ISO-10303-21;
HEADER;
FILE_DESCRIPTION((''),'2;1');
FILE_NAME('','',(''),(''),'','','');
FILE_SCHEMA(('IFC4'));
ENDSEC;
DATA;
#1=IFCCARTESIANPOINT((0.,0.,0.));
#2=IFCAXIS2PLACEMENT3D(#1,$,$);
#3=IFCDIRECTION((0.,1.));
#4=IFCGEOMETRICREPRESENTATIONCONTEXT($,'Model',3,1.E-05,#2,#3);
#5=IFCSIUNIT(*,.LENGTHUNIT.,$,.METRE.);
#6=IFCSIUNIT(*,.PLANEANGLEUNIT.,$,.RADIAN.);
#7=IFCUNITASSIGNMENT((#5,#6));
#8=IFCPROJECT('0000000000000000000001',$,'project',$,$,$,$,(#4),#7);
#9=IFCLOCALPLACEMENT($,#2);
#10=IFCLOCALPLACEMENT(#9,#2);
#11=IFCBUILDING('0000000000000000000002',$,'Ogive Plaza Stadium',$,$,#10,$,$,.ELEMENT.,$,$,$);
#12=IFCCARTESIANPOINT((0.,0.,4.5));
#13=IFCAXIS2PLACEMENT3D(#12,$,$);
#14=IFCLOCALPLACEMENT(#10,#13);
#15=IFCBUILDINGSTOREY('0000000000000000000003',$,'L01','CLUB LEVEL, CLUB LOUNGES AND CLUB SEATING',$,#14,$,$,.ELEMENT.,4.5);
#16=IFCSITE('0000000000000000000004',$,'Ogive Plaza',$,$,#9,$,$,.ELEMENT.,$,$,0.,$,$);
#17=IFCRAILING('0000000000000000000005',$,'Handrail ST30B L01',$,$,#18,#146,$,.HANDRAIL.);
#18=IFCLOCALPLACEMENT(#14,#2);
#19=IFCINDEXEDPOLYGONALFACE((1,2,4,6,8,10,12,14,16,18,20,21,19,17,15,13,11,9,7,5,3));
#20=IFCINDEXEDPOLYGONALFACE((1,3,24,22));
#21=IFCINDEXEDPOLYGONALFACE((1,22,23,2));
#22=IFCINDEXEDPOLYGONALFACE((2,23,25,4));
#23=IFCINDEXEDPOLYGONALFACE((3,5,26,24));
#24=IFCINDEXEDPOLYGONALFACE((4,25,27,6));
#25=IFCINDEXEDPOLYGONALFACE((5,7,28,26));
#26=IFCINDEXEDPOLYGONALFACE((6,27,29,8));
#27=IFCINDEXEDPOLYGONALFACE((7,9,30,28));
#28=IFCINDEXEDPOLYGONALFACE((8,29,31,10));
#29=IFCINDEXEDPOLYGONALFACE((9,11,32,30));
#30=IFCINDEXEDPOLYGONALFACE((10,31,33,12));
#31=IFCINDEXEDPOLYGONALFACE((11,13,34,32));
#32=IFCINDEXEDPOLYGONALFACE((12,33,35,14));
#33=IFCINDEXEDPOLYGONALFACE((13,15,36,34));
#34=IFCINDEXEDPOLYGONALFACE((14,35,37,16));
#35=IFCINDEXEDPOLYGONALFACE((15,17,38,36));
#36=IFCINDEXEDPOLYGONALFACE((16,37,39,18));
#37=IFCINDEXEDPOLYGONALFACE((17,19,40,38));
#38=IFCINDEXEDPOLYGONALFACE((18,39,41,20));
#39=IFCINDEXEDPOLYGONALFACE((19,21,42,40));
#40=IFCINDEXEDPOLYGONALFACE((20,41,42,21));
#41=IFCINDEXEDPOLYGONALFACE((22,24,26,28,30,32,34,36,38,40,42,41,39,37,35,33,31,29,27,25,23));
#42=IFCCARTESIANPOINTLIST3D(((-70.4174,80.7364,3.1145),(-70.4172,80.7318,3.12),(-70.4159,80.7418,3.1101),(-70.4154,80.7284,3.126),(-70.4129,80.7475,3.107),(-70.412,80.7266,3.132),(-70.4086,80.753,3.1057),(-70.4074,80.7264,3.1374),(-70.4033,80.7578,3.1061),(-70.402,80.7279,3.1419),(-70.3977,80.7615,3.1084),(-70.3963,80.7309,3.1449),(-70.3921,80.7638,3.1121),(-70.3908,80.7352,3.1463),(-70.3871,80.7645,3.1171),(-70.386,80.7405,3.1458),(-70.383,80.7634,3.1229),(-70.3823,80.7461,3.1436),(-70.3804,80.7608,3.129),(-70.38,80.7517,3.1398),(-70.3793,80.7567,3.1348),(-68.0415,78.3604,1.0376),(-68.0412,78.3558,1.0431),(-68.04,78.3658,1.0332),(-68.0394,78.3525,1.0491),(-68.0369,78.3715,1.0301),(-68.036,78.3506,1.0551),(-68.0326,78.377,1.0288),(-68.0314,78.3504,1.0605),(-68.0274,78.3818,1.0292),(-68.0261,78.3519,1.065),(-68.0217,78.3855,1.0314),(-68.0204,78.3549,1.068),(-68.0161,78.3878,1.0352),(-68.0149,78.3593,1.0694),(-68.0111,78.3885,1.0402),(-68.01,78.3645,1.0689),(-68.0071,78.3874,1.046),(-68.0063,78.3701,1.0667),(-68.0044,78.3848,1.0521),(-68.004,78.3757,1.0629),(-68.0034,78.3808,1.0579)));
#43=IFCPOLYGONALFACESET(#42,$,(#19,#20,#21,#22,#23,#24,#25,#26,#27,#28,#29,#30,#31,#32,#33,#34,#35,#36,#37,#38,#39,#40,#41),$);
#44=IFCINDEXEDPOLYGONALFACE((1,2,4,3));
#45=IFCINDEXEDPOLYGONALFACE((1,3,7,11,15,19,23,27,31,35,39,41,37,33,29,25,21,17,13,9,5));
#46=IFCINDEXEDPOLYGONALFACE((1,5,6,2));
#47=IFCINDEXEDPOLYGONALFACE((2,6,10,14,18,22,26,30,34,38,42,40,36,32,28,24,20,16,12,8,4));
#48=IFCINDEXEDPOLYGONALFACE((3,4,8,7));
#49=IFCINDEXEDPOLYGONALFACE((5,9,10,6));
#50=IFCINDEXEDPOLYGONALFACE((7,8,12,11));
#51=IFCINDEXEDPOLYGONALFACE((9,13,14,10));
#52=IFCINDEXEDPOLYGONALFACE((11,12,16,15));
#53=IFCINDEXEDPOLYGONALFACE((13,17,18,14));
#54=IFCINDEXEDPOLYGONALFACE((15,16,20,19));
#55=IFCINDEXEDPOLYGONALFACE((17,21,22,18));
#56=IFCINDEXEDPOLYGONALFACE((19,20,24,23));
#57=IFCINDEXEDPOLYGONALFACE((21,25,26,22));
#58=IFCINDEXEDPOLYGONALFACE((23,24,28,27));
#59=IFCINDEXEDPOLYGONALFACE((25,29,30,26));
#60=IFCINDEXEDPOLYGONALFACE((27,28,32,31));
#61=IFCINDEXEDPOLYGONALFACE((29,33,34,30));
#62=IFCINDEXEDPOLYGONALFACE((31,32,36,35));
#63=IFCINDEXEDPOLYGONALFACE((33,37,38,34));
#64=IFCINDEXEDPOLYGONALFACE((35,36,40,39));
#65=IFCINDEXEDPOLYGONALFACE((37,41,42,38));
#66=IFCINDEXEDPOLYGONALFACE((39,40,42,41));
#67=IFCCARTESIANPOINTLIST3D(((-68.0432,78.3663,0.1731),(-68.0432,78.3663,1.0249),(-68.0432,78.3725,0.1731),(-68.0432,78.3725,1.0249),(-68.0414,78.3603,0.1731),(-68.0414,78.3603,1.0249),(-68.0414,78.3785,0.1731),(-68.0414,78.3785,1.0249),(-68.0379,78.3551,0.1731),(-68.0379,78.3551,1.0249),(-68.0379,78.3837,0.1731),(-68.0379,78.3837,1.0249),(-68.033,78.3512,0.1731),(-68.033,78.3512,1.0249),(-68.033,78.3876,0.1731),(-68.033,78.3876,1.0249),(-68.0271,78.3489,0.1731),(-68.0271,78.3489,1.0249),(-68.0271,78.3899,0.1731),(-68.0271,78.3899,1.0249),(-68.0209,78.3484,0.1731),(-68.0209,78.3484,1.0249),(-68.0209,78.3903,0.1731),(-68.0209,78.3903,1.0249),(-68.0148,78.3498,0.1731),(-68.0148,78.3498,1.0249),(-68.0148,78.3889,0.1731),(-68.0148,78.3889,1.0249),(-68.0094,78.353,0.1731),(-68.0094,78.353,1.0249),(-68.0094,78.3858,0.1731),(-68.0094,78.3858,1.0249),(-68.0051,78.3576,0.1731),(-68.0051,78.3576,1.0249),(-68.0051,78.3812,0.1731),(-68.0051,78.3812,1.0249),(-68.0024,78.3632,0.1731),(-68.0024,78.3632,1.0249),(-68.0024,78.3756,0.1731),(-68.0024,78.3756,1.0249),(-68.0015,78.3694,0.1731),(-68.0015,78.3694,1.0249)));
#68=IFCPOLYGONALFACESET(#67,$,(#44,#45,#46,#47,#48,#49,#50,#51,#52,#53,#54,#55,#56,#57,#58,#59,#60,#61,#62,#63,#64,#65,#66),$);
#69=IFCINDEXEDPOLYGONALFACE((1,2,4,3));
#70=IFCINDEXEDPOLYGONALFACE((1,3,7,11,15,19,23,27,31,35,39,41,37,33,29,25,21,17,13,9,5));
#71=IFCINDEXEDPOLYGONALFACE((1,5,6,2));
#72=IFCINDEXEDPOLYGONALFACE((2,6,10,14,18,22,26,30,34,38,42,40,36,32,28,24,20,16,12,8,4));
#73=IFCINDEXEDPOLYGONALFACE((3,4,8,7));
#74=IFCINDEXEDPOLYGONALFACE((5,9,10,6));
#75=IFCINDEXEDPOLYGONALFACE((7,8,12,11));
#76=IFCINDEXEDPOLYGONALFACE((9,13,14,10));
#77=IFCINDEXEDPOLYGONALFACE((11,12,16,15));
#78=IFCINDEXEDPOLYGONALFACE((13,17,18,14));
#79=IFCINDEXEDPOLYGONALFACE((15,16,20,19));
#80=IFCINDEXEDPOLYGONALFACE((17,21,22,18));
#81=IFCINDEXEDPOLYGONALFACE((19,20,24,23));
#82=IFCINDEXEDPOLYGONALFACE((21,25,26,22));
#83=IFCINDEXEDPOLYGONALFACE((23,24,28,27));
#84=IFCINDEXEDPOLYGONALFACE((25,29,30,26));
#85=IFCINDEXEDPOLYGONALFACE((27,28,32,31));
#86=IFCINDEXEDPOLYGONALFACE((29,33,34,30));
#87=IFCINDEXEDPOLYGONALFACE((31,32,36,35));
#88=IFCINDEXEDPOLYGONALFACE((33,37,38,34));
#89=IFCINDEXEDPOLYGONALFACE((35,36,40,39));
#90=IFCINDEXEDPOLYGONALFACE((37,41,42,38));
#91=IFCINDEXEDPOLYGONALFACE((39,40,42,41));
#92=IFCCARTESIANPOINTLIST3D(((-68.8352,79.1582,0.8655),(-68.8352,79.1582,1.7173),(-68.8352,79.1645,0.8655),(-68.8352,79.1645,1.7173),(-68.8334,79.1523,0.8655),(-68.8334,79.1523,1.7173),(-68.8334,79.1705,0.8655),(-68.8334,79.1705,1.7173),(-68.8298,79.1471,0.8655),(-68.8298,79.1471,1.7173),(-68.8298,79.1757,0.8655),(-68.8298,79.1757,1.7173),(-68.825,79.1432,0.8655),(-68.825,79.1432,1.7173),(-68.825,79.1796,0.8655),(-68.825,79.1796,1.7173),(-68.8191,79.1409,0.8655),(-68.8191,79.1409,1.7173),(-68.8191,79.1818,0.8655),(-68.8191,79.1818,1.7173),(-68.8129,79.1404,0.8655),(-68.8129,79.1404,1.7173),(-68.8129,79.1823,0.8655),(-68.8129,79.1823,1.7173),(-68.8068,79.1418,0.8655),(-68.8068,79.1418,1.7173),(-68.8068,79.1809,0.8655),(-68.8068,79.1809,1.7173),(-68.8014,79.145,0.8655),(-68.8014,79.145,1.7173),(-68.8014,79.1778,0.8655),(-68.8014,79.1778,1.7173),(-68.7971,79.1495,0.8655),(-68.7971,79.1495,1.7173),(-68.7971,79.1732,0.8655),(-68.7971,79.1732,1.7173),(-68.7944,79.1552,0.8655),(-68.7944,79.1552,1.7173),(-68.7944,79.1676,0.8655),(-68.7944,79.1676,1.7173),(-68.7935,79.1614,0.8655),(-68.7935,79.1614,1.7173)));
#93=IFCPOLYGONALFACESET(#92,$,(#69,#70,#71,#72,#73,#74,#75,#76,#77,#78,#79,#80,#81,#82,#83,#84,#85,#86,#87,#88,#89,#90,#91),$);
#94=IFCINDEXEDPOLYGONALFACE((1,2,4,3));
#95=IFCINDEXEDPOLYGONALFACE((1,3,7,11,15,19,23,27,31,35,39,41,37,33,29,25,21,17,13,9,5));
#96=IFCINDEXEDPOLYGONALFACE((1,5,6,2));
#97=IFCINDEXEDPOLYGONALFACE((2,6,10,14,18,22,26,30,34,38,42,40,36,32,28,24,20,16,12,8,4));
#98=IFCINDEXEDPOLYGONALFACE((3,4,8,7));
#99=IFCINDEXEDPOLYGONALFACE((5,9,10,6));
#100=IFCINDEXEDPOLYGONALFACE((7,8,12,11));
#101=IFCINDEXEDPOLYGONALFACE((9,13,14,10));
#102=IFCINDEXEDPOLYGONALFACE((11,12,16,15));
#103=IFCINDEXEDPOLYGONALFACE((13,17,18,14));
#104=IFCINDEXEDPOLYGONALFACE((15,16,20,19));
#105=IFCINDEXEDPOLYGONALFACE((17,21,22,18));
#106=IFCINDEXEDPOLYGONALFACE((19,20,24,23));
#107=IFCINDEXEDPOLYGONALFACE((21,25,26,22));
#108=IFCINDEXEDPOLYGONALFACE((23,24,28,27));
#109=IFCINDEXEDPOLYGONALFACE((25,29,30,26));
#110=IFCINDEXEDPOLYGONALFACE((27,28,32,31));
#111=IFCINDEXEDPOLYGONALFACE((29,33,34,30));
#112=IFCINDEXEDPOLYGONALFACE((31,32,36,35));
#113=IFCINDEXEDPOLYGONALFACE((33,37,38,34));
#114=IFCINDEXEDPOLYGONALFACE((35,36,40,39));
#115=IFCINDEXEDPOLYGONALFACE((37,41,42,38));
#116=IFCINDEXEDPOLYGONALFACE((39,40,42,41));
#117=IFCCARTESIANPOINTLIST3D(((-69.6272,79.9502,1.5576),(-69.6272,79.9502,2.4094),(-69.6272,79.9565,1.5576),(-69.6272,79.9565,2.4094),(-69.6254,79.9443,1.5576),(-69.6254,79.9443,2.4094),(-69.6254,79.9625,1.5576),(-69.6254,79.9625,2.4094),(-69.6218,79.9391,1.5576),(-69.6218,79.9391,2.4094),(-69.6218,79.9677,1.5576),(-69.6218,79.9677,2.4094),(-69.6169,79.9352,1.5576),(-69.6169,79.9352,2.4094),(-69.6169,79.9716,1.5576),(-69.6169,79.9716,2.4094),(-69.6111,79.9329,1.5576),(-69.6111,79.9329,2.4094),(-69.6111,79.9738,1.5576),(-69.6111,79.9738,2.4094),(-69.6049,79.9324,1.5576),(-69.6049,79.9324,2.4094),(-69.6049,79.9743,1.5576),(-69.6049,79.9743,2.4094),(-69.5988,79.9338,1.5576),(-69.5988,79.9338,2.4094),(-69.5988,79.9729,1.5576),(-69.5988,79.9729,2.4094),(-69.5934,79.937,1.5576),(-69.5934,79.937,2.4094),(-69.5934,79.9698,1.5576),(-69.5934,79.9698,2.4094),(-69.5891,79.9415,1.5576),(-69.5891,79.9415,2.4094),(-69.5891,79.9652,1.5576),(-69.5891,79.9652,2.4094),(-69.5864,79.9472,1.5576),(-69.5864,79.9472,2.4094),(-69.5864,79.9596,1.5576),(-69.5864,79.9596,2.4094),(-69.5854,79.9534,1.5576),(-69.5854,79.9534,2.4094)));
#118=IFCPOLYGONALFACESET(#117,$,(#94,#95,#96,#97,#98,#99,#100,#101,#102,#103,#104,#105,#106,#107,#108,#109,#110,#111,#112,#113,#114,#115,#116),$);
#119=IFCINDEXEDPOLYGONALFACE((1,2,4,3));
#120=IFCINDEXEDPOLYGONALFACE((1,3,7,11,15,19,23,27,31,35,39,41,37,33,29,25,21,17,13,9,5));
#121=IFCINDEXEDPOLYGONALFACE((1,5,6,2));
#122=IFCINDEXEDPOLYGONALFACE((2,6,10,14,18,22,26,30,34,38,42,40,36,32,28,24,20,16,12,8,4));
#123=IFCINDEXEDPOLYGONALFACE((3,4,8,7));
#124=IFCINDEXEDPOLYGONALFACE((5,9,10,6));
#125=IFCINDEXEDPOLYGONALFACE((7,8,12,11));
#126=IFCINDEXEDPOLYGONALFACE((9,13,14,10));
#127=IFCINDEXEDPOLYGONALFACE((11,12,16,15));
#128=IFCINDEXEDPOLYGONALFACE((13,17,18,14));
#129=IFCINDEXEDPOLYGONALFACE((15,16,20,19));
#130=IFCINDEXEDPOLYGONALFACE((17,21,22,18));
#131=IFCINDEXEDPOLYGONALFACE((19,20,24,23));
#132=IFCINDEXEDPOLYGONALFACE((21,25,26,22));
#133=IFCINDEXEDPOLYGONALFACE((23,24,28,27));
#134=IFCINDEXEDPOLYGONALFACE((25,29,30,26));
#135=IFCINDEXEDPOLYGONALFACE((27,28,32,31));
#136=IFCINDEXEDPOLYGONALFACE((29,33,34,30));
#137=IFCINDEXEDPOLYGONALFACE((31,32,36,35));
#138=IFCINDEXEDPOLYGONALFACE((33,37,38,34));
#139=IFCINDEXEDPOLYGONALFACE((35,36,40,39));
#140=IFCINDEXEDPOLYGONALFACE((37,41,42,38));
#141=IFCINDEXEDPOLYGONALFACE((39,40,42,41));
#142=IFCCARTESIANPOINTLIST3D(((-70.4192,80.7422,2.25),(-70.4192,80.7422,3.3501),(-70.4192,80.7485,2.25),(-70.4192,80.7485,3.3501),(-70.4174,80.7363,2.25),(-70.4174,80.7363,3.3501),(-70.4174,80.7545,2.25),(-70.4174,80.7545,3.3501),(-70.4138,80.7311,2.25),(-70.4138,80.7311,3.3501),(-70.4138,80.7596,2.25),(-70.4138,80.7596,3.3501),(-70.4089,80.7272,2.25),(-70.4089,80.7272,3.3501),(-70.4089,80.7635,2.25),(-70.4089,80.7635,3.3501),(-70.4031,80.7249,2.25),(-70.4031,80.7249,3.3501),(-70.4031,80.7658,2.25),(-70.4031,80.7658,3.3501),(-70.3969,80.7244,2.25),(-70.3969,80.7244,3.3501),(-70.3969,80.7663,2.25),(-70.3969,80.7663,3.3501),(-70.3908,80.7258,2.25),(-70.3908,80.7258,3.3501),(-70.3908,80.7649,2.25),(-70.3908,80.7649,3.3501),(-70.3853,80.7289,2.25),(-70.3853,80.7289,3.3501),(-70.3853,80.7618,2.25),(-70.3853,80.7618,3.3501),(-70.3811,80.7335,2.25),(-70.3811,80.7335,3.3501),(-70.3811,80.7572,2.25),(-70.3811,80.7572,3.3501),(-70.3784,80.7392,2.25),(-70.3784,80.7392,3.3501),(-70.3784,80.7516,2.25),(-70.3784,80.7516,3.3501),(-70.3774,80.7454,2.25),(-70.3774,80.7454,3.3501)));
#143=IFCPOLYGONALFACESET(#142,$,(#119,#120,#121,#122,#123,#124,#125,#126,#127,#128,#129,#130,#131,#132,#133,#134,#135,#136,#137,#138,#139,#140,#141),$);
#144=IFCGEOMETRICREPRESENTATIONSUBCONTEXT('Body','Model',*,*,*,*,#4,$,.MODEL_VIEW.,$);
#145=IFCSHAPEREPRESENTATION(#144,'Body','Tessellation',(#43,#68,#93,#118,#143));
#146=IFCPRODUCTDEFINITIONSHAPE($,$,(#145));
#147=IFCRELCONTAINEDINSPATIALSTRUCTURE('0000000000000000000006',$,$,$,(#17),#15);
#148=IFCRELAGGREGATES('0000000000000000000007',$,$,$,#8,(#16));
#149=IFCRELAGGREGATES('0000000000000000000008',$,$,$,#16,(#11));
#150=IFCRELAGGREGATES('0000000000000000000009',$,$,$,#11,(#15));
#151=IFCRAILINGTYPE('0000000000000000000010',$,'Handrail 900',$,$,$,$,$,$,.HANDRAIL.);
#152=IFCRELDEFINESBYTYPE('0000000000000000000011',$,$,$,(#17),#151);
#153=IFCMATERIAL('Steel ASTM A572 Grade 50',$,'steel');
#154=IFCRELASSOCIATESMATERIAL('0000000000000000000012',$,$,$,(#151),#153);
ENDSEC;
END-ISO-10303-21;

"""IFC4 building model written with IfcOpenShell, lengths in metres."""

from ifc_helpers import new_model, si_unit, direction, frame, origin, origin_2d, place, context, subcontext, project, spatial, circle, extrude, material, type_object, element, save


model = new_model("IFC4")

# Units and contexts
model_context = context("Model", 3, precision=1e-05, world=origin(), true_north=direction((0.0, 1.0)))
body_context = subcontext(model_context, "Body", "Model", "MODEL_VIEW")
ifc_project = project(units=[si_unit("LENGTHUNIT", "METRE"), si_unit("PLANEANGLEUNIT", "RADIAN")], contexts=[model_context])

# Site, building, storey
site_placement = place(None, origin())
site = spatial("IfcSite", under=ifc_project, at=site_placement, Name="Ogive Plaza", CompositionType="ELEMENT", RefElevation=0.0)
building_placement = place(site_placement, origin())
building = spatial("IfcBuilding", under=site, at=building_placement, Name="Ogive Plaza Stadium", CompositionType="ELEMENT")
storey_placement = place(building_placement, frame((0.0, 0.0, 4.5)))
storey = spatial("IfcBuildingStorey", under=building, at=storey_placement, Name="L01", Description="CLUB LEVEL, CLUB LOUNGES AND CLUB SEATING", CompositionType="ELEMENT", Elevation=4.5)

# Railing
ifc_material_1 = material(Name="Steel ASTM A572 Grade 50", Category="steel")
railing_type_1 = type_object("IfcRailingType", Name="Handrail 900", PredefinedType="HANDRAIL", material=ifc_material_1)
railing_1_placement = place(storey_placement, frame((-68.0225, 78.3694, 0.1731)))
element("IfcRailing", 1, at=railing_1_placement, inside=storey, type_object=railing_type_1, Name="Handrail ST30B L01", PredefinedType="HANDRAIL", context=body_context, shape_type="SweptSolid", body=[
    extrude(circle(Radius=0.0239, at=origin_2d()), frame((0.0, 0.0, 0.876), z_axis=(-0.601483, 0.601483, 0.525772), x_axis=(-0.707107, -0.707107, 0.0)), (0.0, 0.0, 1.0), 3.9502),
    extrude(circle(Radius=0.021, at=origin_2d()), origin(), (0.0, 0.0, 1.0), 0.8518),
    extrude(circle(Radius=0.021, at=origin_2d()), frame((-0.792, 0.792, 0.6924)), (0.0, 0.0, 1.0), 0.8518),
    extrude(circle(Radius=0.021, at=origin_2d()), frame((-1.584, 1.584, 1.3845)), (0.0, 0.0, 1.0), 0.8518),
    extrude(circle(Radius=0.021, at=origin_2d()), frame((-2.376, 2.376, 2.0769)), (0.0, 0.0, 1.0), 1.1001),
])

save(model, "model.ifc")
